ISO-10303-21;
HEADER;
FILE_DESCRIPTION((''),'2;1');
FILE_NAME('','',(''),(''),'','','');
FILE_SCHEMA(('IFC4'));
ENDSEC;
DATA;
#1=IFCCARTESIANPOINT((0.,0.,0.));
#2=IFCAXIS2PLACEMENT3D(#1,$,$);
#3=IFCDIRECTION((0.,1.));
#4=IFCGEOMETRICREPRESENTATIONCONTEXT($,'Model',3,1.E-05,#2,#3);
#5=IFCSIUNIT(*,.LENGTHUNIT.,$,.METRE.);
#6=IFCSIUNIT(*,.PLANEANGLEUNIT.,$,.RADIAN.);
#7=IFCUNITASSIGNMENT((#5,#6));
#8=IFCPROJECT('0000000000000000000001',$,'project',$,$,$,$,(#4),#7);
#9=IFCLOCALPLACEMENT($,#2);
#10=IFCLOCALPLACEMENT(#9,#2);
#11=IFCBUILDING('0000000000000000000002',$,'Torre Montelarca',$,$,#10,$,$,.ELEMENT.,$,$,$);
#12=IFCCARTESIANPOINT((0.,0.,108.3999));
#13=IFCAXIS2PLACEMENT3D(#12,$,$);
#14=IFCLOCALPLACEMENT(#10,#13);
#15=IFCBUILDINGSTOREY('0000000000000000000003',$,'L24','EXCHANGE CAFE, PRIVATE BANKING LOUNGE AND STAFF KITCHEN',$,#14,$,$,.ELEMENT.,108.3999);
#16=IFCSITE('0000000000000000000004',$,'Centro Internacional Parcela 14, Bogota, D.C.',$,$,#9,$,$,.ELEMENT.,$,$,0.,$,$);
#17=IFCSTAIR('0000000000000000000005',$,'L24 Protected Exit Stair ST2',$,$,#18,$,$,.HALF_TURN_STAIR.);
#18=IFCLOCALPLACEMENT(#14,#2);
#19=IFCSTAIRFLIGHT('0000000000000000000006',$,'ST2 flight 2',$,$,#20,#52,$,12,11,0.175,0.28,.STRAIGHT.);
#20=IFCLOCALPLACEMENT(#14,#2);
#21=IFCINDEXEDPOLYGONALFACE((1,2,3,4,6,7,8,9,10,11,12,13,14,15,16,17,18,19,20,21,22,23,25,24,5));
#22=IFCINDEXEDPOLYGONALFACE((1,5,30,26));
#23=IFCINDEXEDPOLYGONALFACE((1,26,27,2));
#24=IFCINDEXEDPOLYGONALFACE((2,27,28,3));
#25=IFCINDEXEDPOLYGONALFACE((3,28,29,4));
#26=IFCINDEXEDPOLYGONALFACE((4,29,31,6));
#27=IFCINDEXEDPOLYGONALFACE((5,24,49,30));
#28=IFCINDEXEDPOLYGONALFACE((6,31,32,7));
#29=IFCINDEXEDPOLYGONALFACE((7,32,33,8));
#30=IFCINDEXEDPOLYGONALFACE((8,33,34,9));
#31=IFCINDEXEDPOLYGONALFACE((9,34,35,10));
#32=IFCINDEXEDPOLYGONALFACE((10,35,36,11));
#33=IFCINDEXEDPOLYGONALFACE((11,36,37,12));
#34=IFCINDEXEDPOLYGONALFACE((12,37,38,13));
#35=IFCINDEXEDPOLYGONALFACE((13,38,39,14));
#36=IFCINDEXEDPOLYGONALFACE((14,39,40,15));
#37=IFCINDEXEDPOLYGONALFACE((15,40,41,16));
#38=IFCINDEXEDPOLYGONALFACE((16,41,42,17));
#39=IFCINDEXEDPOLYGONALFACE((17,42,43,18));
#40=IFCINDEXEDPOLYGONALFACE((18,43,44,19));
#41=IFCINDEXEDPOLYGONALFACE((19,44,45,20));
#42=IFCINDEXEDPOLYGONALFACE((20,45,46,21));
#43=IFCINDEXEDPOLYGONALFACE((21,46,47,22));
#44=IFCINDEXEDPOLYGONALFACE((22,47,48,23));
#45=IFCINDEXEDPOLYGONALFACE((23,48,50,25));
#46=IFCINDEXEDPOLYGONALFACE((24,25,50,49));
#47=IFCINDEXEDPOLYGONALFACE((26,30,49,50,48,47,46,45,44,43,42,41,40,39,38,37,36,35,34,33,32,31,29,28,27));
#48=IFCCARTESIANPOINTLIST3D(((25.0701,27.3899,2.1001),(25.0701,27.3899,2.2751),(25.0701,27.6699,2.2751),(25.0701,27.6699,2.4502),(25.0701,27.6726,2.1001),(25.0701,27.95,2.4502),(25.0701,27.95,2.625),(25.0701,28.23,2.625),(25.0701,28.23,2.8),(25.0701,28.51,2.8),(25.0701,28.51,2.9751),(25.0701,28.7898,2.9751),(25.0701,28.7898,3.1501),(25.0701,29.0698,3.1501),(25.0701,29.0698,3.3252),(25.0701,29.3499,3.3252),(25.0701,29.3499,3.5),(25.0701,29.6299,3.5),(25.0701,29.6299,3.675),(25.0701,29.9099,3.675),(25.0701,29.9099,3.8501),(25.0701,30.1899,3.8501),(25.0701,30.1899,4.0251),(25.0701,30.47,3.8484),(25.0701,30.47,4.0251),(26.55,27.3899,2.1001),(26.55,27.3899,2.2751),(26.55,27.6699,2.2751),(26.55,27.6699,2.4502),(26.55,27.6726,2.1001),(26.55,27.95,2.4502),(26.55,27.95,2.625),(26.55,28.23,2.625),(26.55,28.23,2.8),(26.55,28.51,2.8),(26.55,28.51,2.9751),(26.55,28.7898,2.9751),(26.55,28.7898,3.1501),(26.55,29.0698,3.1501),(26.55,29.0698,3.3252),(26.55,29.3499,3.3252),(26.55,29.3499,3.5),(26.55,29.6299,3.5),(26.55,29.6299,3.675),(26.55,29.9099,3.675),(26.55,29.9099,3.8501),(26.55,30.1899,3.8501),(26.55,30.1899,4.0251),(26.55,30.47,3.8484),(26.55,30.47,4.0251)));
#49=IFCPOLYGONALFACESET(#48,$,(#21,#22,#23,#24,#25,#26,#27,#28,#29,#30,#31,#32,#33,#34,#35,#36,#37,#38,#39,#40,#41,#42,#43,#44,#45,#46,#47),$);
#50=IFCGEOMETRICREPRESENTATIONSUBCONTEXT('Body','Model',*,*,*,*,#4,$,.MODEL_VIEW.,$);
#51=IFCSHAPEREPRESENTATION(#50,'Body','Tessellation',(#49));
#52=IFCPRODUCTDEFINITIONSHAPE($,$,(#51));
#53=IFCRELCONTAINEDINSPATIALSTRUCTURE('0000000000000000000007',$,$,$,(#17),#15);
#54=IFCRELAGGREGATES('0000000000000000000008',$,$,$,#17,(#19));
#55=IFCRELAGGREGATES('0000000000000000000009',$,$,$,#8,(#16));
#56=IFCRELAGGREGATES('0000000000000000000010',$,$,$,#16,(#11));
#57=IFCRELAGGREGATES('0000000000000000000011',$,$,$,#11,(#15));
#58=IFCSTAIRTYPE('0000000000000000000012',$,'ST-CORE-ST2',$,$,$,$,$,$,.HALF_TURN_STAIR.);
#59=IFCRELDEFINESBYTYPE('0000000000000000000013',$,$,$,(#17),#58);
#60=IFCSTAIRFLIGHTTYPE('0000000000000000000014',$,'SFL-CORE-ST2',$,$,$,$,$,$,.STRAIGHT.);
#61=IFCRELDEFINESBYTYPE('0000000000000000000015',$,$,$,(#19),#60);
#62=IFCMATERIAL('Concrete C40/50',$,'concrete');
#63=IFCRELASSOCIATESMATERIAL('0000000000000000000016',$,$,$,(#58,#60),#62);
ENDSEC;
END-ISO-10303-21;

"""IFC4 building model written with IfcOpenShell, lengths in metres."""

from ifc_helpers import new_model, si_unit, direction, frame, origin, place, context, subcontext, project, spatial, polyline, outline, extrude, material, type_object, element, aggregate, save


model = new_model("IFC4")

# Units and contexts
model_context = context("Model", 3, precision=1e-05, world=origin(), true_north=direction((0.0, 1.0)))
body_context = subcontext(model_context, "Body", "Model", "MODEL_VIEW")
ifc_project = project(units=[si_unit("LENGTHUNIT", "METRE"), si_unit("PLANEANGLEUNIT", "RADIAN")], contexts=[model_context])

# Site, building, storey
site_placement = place(None, origin())
site = spatial("IfcSite", under=ifc_project, at=site_placement, Name="Centro Internacional Parcela 14, Bogota, D.C.", CompositionType="ELEMENT", RefElevation=0.0)
building_placement = place(site_placement, origin())
building = spatial("IfcBuilding", under=site, at=building_placement, Name="Torre Montelarca", CompositionType="ELEMENT")
storey_placement = place(building_placement, frame((0.0, 0.0, 108.3999)))
storey = spatial("IfcBuildingStorey", under=building, at=storey_placement, Name="L24", Description="EXCHANGE CAFE, PRIVATE BANKING LOUNGE AND STAFF KITCHEN", CompositionType="ELEMENT", Elevation=108.3999)

# Shared definitions
ifc_material_1 = material(Name="Concrete C40/50", Category="concrete")

# Stair, stair flight
stair_type = type_object("IfcStairType", Name="ST-CORE-ST2", PredefinedType="HALF_TURN_STAIR", material=ifc_material_1)
stair_placement = place(storey_placement, origin())
stair = element("IfcStair", 1, at=stair_placement, inside=storey, type_object=stair_type, Name="L24 Protected Exit Stair ST2", PredefinedType="HALF_TURN_STAIR")
stair_flight_type = type_object("IfcStairFlightType", Name="SFL-CORE-ST2", PredefinedType="STRAIGHT", material=ifc_material_1)
stair_flight_1_placement = place(storey_placement, frame((25.8101, 27.3899, 2.1001), z_axis=(0.0, 0.0, 1.0), x_axis=(0.0, 1.0, 0.0)))
stair_flight_1 = element("IfcStairFlight", 2, at=stair_flight_1_placement, type_object=stair_flight_type, Name="ST2 flight 2", NumberOfRisers=12, NumberOfTreads=11, PredefinedType="STRAIGHT", RiserHeight=0.175, TreadLength=0.28, context=body_context, shape_type="SweptSolid", body=[
    extrude(outline(polyline([(0.0, 0.0), (0.0, 0.175), (0.28, 0.175), (0.28, 0.3501), (0.5601, 0.3501), (0.5601, 0.5249), (0.8401, 0.5249), (0.8401, 0.7), (1.1201, 0.7), (1.1201, 0.875), (1.3999, 0.875), (1.3999, 1.05), (1.6799, 1.05), (1.6799, 1.2251), (1.96, 1.2251), (1.96, 1.3999), (2.24, 1.3999), (2.24, 1.575), (2.52, 1.575), (2.52, 1.75), (2.8, 1.75), (2.8, 1.925), (3.0801, 1.925), (3.0801, 2.1001), (3.0801, 1.7483), (0.2827, 0.0), (0.0, 0.0)])), frame((0.0, 0.74, 0.0), z_axis=(0.0, -1.0, 0.0), x_axis=(1.0, 0.0, 0.0)), (0.0, 0.0, 1.0), 1.48),
])
aggregate(stair, [stair_flight_1])

save(model, "model.ifc")
